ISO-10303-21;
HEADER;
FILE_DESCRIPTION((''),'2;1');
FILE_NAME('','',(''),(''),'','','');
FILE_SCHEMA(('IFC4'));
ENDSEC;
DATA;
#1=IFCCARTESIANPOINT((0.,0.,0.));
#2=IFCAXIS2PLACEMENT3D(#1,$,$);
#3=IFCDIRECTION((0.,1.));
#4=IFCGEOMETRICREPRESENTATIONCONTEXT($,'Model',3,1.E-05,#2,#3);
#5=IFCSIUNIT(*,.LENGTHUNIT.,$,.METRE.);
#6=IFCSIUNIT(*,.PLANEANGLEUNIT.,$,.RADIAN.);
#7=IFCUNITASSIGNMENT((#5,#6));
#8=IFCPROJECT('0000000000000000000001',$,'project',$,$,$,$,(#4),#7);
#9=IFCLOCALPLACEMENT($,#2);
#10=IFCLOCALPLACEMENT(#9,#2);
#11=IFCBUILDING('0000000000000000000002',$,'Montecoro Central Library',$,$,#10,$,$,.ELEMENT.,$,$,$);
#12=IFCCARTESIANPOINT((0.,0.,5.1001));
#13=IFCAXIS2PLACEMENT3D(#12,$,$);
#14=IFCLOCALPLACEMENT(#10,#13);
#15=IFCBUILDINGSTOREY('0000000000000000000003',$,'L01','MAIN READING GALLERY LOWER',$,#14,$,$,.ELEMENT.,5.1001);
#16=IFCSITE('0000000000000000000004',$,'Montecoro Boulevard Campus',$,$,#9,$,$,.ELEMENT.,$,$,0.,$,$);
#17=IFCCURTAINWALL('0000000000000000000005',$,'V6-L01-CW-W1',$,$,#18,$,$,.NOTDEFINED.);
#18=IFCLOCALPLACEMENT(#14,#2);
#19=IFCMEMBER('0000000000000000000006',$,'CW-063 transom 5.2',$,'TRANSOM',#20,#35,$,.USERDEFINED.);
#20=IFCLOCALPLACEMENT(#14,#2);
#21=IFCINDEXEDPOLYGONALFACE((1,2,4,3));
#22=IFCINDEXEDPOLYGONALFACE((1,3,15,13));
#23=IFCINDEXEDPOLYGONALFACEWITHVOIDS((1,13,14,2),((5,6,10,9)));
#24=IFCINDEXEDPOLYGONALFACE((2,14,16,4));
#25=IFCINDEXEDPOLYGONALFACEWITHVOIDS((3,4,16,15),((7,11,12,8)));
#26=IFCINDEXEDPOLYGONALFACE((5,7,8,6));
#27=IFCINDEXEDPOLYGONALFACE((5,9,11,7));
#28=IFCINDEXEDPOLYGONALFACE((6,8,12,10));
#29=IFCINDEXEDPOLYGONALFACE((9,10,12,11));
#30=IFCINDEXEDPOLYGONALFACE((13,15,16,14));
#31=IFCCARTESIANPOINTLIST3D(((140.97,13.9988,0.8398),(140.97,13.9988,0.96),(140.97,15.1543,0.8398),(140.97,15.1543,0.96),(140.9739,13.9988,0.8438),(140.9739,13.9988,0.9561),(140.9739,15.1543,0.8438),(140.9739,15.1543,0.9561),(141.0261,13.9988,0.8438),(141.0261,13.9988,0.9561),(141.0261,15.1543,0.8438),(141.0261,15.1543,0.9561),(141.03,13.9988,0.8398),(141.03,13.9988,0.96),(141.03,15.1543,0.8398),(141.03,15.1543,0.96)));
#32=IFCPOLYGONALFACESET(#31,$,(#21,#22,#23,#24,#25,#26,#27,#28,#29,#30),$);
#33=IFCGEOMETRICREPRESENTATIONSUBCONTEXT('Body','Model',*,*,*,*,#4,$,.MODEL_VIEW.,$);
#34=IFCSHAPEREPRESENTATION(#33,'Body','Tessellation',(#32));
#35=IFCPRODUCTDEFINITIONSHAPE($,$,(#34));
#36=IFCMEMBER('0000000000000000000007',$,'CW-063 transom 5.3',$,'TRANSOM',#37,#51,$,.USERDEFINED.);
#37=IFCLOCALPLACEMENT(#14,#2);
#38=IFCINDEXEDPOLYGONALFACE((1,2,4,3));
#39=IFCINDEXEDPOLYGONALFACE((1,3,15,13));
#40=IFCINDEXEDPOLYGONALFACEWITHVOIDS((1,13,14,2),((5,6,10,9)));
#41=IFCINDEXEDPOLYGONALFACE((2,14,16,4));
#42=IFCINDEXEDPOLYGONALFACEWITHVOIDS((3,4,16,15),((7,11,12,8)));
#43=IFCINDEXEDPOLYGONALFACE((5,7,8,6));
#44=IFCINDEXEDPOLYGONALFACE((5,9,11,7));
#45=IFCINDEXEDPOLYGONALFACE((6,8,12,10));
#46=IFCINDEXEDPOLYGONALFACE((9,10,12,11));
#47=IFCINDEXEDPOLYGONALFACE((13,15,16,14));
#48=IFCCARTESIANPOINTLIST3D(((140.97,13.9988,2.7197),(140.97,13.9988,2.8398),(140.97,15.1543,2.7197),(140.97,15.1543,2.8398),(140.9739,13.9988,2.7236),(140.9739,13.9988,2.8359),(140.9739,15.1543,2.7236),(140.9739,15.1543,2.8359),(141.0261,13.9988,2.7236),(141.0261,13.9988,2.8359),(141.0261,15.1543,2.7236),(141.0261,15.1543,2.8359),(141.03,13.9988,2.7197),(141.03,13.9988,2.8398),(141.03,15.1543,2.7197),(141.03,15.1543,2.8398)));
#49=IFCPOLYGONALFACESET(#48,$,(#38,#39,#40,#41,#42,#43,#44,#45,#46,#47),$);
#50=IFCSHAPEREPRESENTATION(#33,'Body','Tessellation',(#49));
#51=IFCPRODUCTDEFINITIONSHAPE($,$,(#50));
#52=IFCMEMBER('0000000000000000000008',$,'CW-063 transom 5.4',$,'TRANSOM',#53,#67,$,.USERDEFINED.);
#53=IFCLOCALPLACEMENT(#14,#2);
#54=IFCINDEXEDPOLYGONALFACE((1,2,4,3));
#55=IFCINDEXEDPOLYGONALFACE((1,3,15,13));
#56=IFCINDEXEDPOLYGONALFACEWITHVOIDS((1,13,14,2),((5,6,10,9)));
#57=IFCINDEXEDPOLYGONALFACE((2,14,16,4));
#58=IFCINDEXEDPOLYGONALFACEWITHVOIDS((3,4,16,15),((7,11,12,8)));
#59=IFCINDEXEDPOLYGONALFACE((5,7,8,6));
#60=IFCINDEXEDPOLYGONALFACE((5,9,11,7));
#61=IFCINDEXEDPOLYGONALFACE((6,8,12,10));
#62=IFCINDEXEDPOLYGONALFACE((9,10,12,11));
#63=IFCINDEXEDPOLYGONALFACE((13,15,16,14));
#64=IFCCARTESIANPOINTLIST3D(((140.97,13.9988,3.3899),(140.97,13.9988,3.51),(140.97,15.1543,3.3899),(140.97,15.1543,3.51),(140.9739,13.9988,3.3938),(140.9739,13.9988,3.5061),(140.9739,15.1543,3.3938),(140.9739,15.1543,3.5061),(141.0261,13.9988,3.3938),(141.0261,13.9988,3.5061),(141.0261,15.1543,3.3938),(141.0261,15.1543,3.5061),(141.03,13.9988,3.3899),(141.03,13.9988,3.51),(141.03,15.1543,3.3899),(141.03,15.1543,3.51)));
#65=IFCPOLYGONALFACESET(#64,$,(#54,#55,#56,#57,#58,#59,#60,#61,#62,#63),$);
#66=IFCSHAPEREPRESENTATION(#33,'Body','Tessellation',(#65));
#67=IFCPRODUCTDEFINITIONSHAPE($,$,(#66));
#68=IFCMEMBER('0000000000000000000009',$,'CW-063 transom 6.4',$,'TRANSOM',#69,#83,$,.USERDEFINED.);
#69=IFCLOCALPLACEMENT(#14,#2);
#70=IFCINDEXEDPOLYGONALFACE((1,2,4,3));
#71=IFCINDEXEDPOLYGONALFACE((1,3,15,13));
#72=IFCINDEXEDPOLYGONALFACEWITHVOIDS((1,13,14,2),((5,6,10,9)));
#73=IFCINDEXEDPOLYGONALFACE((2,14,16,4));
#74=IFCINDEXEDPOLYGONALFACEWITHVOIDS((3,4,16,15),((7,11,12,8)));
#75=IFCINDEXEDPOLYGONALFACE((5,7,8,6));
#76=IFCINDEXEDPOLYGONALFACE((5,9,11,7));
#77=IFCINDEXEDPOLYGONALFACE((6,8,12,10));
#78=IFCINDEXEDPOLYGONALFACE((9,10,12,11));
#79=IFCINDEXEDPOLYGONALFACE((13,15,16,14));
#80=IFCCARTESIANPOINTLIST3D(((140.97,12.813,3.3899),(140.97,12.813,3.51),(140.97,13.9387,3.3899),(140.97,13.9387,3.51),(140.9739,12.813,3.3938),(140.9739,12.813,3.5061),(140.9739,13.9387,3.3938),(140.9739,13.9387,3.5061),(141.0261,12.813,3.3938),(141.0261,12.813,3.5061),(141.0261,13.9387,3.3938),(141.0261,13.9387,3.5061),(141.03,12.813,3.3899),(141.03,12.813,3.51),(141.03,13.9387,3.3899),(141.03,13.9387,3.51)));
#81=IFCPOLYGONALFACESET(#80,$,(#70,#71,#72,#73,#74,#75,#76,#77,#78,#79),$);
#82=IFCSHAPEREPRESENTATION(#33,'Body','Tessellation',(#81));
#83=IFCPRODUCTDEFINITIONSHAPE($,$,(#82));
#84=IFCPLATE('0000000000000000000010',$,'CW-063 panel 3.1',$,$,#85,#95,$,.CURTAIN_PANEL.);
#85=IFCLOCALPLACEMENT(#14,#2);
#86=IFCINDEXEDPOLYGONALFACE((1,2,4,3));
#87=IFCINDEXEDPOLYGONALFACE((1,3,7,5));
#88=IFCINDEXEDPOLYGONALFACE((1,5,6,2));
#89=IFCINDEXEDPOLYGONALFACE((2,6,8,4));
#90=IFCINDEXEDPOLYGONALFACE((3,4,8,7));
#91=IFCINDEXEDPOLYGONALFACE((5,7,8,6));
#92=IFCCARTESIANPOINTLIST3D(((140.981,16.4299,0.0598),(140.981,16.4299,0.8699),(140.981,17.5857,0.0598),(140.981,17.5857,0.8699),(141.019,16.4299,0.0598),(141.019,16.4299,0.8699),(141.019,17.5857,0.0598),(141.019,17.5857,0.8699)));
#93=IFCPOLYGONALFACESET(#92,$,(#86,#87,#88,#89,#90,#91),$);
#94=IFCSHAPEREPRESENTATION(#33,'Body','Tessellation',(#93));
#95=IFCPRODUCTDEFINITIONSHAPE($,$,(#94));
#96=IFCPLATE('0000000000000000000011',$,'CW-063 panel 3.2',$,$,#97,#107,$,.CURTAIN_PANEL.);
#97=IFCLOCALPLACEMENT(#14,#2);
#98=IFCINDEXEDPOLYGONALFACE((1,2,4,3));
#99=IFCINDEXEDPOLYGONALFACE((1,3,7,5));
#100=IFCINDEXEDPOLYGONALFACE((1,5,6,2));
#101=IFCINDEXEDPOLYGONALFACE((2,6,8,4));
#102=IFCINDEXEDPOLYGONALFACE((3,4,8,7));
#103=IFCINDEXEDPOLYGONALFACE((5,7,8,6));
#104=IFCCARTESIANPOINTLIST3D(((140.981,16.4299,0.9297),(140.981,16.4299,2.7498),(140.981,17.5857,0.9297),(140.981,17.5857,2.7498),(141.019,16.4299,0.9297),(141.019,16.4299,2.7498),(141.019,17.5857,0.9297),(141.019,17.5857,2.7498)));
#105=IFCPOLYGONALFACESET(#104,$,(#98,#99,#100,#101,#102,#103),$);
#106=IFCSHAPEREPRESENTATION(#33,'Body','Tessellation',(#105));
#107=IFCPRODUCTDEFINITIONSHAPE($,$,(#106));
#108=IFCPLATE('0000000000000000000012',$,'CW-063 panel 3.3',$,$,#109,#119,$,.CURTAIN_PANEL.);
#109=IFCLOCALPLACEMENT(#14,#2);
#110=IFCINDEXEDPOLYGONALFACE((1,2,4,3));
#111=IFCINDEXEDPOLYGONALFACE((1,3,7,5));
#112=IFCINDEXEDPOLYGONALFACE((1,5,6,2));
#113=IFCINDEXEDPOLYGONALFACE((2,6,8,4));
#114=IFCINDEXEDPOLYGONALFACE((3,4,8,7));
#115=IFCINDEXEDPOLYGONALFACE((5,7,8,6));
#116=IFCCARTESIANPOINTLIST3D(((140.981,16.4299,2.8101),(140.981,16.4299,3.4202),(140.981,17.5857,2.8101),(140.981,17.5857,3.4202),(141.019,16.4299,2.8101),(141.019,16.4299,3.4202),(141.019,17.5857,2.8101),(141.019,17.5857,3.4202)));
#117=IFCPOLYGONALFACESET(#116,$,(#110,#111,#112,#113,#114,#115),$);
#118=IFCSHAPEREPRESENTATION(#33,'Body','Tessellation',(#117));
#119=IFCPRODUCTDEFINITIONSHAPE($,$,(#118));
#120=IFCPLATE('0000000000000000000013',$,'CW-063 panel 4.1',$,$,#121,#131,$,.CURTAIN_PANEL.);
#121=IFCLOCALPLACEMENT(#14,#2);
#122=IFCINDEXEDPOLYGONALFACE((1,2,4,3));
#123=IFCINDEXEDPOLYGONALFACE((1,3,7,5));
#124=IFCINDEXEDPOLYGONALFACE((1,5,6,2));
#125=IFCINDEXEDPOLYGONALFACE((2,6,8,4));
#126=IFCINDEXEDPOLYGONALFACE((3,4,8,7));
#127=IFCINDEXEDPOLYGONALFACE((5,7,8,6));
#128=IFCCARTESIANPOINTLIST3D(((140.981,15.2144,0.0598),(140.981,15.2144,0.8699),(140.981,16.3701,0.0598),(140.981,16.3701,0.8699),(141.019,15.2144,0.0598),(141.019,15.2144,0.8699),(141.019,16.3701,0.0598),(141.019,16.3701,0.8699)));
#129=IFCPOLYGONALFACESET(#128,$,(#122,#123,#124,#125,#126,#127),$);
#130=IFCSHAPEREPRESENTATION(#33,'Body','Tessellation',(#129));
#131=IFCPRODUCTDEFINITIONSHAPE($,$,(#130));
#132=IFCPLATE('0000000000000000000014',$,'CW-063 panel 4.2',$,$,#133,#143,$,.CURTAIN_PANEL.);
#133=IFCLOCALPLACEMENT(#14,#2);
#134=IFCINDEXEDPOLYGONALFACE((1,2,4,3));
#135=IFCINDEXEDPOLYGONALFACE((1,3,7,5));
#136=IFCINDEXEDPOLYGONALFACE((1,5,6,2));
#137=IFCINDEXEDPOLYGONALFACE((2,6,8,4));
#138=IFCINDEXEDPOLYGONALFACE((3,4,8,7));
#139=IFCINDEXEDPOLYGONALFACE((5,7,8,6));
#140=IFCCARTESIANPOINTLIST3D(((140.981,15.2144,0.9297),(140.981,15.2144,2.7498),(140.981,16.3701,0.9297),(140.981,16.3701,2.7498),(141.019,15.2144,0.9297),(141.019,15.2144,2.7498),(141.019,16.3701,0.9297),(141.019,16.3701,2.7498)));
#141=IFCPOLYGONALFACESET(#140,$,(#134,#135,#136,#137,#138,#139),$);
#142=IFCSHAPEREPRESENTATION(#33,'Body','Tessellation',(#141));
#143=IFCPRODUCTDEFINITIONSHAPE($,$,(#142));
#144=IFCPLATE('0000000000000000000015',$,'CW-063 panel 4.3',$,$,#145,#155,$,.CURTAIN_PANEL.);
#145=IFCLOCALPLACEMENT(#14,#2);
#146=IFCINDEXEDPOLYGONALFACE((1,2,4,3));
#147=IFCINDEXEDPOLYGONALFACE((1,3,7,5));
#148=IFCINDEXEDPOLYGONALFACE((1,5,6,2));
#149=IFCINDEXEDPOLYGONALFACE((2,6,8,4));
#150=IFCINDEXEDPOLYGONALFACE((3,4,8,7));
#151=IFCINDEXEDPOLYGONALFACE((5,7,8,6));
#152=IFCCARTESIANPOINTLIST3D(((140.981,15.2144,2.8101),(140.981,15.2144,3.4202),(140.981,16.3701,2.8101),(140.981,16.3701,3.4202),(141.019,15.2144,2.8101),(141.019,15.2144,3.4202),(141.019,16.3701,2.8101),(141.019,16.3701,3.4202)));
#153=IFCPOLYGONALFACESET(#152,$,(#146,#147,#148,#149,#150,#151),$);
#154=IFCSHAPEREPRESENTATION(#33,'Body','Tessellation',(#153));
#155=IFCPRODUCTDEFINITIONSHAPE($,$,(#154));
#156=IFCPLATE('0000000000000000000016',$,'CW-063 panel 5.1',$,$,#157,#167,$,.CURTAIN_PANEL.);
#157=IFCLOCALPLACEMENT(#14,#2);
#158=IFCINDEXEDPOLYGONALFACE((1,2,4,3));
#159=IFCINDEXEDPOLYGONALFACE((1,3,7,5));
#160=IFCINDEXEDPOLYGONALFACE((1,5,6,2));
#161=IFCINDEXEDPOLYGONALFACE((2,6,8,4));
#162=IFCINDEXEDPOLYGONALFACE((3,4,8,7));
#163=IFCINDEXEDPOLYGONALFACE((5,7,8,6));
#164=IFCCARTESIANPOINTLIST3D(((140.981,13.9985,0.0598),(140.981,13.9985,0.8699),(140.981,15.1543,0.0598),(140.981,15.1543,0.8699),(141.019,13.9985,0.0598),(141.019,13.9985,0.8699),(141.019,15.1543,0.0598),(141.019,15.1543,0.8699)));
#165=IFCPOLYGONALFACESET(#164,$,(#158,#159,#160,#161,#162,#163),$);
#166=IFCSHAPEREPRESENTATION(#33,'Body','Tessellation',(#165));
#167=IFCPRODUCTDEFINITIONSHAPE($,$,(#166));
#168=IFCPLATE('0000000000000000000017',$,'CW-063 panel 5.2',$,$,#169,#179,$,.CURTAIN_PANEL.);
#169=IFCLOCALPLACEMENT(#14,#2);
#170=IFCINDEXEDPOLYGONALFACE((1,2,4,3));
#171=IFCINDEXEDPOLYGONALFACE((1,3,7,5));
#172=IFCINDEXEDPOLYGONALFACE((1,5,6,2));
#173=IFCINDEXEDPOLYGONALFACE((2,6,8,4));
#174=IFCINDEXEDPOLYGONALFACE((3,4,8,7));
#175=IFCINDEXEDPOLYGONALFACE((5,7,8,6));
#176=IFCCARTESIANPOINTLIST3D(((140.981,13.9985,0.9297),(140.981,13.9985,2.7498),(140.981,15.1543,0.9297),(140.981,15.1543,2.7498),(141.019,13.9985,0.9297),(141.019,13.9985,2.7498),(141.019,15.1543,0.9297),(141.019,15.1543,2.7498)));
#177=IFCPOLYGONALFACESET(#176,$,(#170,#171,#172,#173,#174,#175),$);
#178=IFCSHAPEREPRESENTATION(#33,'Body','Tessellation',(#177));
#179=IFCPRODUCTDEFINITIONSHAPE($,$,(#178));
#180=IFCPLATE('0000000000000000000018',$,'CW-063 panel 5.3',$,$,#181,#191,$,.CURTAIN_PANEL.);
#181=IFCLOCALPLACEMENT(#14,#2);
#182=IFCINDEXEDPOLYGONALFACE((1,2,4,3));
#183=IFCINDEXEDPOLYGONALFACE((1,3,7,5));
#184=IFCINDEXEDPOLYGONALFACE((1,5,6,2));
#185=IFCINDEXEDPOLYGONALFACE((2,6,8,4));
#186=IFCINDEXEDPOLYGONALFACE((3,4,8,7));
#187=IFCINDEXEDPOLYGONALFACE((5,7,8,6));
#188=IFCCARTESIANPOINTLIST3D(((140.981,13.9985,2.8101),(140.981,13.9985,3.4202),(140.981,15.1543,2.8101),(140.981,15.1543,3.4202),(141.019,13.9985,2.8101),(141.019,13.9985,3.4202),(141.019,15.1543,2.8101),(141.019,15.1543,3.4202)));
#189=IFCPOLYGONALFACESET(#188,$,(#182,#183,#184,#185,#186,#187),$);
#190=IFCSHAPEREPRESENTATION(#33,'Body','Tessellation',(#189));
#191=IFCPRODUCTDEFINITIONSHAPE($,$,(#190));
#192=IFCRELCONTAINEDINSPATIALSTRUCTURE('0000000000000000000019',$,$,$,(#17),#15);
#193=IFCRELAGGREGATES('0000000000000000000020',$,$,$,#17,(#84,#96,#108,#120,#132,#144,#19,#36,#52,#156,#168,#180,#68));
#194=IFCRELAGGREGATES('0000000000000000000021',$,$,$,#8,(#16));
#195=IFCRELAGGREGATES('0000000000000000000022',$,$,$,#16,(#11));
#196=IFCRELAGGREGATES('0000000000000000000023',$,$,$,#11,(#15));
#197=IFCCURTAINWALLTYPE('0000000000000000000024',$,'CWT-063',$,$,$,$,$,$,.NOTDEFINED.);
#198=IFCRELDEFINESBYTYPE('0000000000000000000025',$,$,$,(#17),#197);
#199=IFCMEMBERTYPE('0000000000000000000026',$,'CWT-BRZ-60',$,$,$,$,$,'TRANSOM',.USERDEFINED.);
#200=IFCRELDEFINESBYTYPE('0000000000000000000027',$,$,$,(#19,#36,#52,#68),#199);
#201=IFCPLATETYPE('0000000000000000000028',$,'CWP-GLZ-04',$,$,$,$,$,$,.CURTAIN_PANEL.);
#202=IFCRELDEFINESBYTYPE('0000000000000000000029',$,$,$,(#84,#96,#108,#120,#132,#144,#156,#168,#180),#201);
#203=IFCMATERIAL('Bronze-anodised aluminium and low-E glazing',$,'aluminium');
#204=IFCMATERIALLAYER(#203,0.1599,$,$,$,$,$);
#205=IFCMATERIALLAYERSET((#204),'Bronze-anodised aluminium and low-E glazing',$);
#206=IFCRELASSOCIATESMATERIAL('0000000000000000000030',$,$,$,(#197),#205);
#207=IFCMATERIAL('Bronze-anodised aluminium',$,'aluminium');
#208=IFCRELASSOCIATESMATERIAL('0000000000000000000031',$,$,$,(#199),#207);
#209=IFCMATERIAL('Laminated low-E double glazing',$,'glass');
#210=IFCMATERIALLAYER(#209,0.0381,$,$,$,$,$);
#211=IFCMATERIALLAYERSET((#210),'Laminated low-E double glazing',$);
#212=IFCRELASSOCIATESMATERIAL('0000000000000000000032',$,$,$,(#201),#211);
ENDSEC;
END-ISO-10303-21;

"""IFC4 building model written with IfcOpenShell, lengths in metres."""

from ifc_helpers import new_model, si_unit, direction, frame, origin, origin_2d, place, context, subcontext, project, spatial, rectangle, hollow_rectangle, extrude, material, layer, layer_set, material_profile, profile_set, type_object, element, aggregate, save


model = new_model("IFC4")

# Units and contexts
model_context = context("Model", 3, precision=1e-05, world=origin(), true_north=direction((0.0, 1.0)))
body_context = subcontext(model_context, "Body", "Model", "MODEL_VIEW")
ifc_project = project(units=[si_unit("LENGTHUNIT", "METRE"), si_unit("PLANEANGLEUNIT", "RADIAN")], contexts=[model_context])

# Site, building, storey
site_placement = place(None, origin())
site = spatial("IfcSite", under=ifc_project, at=site_placement, Name="Montecoro Boulevard Campus", CompositionType="ELEMENT", RefElevation=0.0)
building_placement = place(site_placement, origin())
building = spatial("IfcBuilding", under=site, at=building_placement, Name="Montecoro Central Library", CompositionType="ELEMENT")
storey_placement = place(building_placement, frame((0.0, 0.0, 5.1001)))
storey = spatial("IfcBuildingStorey", under=building, at=storey_placement, Name="L01", Description="MAIN READING GALLERY LOWER", CompositionType="ELEMENT", Elevation=5.1001)

# Curtain wall, members, plates
ifc_material_1 = material(Name="Bronze-anodised aluminium and low-E glazing", Category="aluminium")
ifc_layer_1 = layer(ifc_material_1, 0.1599)
ifc_layer_set_1 = layer_set([ifc_layer_1], Name="Bronze-anodised aluminium and low-E glazing")
curtain_wall_type = type_object("IfcCurtainWallType", Name="CWT-063", PredefinedType="NOTDEFINED", material=ifc_layer_set_1)
curtain_wall_placement = place(storey_placement, origin())
curtain_wall = element("IfcCurtainWall", 1, at=curtain_wall_placement, inside=storey, type_object=curtain_wall_type, Name="V6-L01-CW-W1", PredefinedType="NOTDEFINED")
ifc_material_2 = material(Name="Bronze-anodised aluminium", Category="aluminium")
ifc_material_profile_1 = material_profile(ifc_material_2, hollow_rectangle(XDim=0.0601, YDim=0.1201, WallThickness=0.0039, at=origin_2d()), Name="CWT 120x60x4.0")
ifc_profile_set_1 = profile_set([ifc_material_profile_1], Name="Bronze-anodised aluminium")
member_type_1 = type_object("IfcMemberType", Name="CWT-BRZ-60", ElementType="TRANSOM", PredefinedType="USERDEFINED", material=ifc_profile_set_1)
member_1_placement = place(storey_placement, frame((141.0, 15.1543, 0.8999), z_axis=(0.0, -1.0, 0.0), x_axis=(1.0, 0.0, 0.0)))
member_1 = element("IfcMember", 2, at=member_1_placement, type_object=member_type_1, Name="CW-063 transom 5.2", ObjectType="TRANSOM", PredefinedType="USERDEFINED", context=body_context, shape_type="SweptSolid", body=[
    extrude(hollow_rectangle(XDim=0.0601, YDim=0.1201, WallThickness=0.0039, at=origin_2d()), origin(), (0.0, 0.0, 1.0), 1.1555),
])
member_2_placement = place(storey_placement, frame((141.0, 15.1543, 2.7798), z_axis=(0.0, -1.0, 0.0), x_axis=(1.0, 0.0, 0.0)))
member_2 = element("IfcMember", 3, at=member_2_placement, type_object=member_type_1, Name="CW-063 transom 5.3", ObjectType="TRANSOM", PredefinedType="USERDEFINED", context=body_context, shape_type="SweptSolid", body=[
    extrude(hollow_rectangle(XDim=0.0601, YDim=0.1201, WallThickness=0.0039, at=origin_2d()), origin(), (0.0, 0.0, 1.0), 1.1555),
])
member_3_placement = place(storey_placement, frame((141.0, 15.1543, 3.45), z_axis=(0.0, -1.0, 0.0), x_axis=(1.0, 0.0, 0.0)))
member_3 = element("IfcMember", 4, at=member_3_placement, type_object=member_type_1, Name="CW-063 transom 5.4", ObjectType="TRANSOM", PredefinedType="USERDEFINED", context=body_context, shape_type="SweptSolid", body=[
    extrude(hollow_rectangle(XDim=0.0601, YDim=0.1201, WallThickness=0.0039, at=origin_2d()), origin(), (0.0, 0.0, 1.0), 1.1555),
])
member_4_placement = place(storey_placement, frame((141.0, 13.9387, 3.45), z_axis=(0.0, -1.0, 0.0), x_axis=(1.0, 0.0, 0.0)))
member_4 = element("IfcMember", 5, at=member_4_placement, type_object=member_type_1, Name="CW-063 transom 6.4", ObjectType="TRANSOM", PredefinedType="USERDEFINED", context=body_context, shape_type="SweptSolid", body=[
    extrude(hollow_rectangle(XDim=0.0601, YDim=0.1201, WallThickness=0.0039, at=origin_2d()), origin(), (0.0, 0.0, 1.0), 1.1257),
])
ifc_material_3 = material(Name="Laminated low-E double glazing", Category="glass")
ifc_layer_2 = layer(ifc_material_3, 0.0381)
ifc_layer_set_2 = layer_set([ifc_layer_2], Name="Laminated low-E double glazing")
plate_type = type_object("IfcPlateType", Name="CWP-GLZ-04", PredefinedType="CURTAIN_PANEL", material=ifc_layer_set_2)
plate_1_placement = place(storey_placement, frame((141.0, 17.0078, 0.0598), z_axis=(0.0, 0.0, 1.0), x_axis=(0.0, -1.0, 0.0)))
plate_1 = element("IfcPlate", 6, at=plate_1_placement, type_object=plate_type, Name="CW-063 panel 3.1", PredefinedType="CURTAIN_PANEL", context=body_context, shape_type="SweptSolid", body=[
    extrude(rectangle(XDim=1.1558, YDim=0.0381, at=origin_2d()), origin(), (0.0, 0.0, 1.0), 0.8101),
])
plate_2_placement = place(storey_placement, frame((141.0, 17.0078, 0.9297), z_axis=(0.0, 0.0, 1.0), x_axis=(0.0, -1.0, 0.0)))
plate_2 = element("IfcPlate", 7, at=plate_2_placement, type_object=plate_type, Name="CW-063 panel 3.2", PredefinedType="CURTAIN_PANEL", context=body_context, shape_type="SweptSolid", body=[
    extrude(rectangle(XDim=1.1558, YDim=0.0381, at=origin_2d()), origin(), (0.0, 0.0, 1.0), 1.8201),
])
plate_3_placement = place(storey_placement, frame((141.0, 17.0078, 2.8101), z_axis=(0.0, 0.0, 1.0), x_axis=(0.0, -1.0, 0.0)))
plate_3 = element("IfcPlate", 8, at=plate_3_placement, type_object=plate_type, Name="CW-063 panel 3.3", PredefinedType="CURTAIN_PANEL", context=body_context, shape_type="SweptSolid", body=[
    extrude(rectangle(XDim=1.1558, YDim=0.0381, at=origin_2d()), origin(), (0.0, 0.0, 1.0), 0.6101),
])
plate_4_placement = place(storey_placement, frame((141.0, 15.7922, 0.0598), z_axis=(0.0, 0.0, 1.0), x_axis=(0.0, -1.0, 0.0)))
plate_4 = element("IfcPlate", 9, at=plate_4_placement, type_object=plate_type, Name="CW-063 panel 4.1", PredefinedType="CURTAIN_PANEL", context=body_context, shape_type="SweptSolid", body=[
    extrude(rectangle(XDim=1.1558, YDim=0.0381, at=origin_2d()), origin(), (0.0, 0.0, 1.0), 0.8101),
])
plate_5_placement = place(storey_placement, frame((141.0, 15.7922, 0.9297), z_axis=(0.0, 0.0, 1.0), x_axis=(0.0, -1.0, 0.0)))
plate_5 = element("IfcPlate", 10, at=plate_5_placement, type_object=plate_type, Name="CW-063 panel 4.2", PredefinedType="CURTAIN_PANEL", context=body_context, shape_type="SweptSolid", body=[
    extrude(rectangle(XDim=1.1558, YDim=0.0381, at=origin_2d()), origin(), (0.0, 0.0, 1.0), 1.8201),
])
plate_6_placement = place(storey_placement, frame((141.0, 15.7922, 2.8101), z_axis=(0.0, 0.0, 1.0), x_axis=(0.0, -1.0, 0.0)))
plate_6 = element("IfcPlate", 11, at=plate_6_placement, type_object=plate_type, Name="CW-063 panel 4.3", PredefinedType="CURTAIN_PANEL", context=body_context, shape_type="SweptSolid", body=[
    extrude(rectangle(XDim=1.1558, YDim=0.0381, at=origin_2d()), origin(), (0.0, 0.0, 1.0), 0.6101),
])
plate_7_placement = place(storey_placement, frame((141.0, 14.5764, 0.0598), z_axis=(0.0, 0.0, 1.0), x_axis=(0.0, -1.0, 0.0)))
plate_7 = element("IfcPlate", 12, at=plate_7_placement, type_object=plate_type, Name="CW-063 panel 5.1", PredefinedType="CURTAIN_PANEL", context=body_context, shape_type="SweptSolid", body=[
    extrude(rectangle(XDim=1.1558, YDim=0.0381, at=origin_2d()), origin(), (0.0, 0.0, 1.0), 0.8101),
])
plate_8_placement = place(storey_placement, frame((141.0, 14.5764, 0.9297), z_axis=(0.0, 0.0, 1.0), x_axis=(0.0, -1.0, 0.0)))
plate_8 = element("IfcPlate", 13, at=plate_8_placement, type_object=plate_type, Name="CW-063 panel 5.2", PredefinedType="CURTAIN_PANEL", context=body_context, shape_type="SweptSolid", body=[
    extrude(rectangle(XDim=1.1558, YDim=0.0381, at=origin_2d()), origin(), (0.0, 0.0, 1.0), 1.8201),
])
plate_9_placement = place(storey_placement, frame((141.0, 14.5764, 2.8101), z_axis=(0.0, 0.0, 1.0), x_axis=(0.0, -1.0, 0.0)))
plate_9 = element("IfcPlate", 14, at=plate_9_placement, type_object=plate_type, Name="CW-063 panel 5.3", PredefinedType="CURTAIN_PANEL", context=body_context, shape_type="SweptSolid", body=[
    extrude(rectangle(XDim=1.1558, YDim=0.0381, at=origin_2d()), origin(), (0.0, 0.0, 1.0), 0.6101),
])
aggregate(curtain_wall, [plate_1, plate_2, plate_3, plate_4, plate_5, plate_6, member_1, member_2, member_3, plate_7, plate_8, plate_9, member_4])

save(model, "model.ifc")
